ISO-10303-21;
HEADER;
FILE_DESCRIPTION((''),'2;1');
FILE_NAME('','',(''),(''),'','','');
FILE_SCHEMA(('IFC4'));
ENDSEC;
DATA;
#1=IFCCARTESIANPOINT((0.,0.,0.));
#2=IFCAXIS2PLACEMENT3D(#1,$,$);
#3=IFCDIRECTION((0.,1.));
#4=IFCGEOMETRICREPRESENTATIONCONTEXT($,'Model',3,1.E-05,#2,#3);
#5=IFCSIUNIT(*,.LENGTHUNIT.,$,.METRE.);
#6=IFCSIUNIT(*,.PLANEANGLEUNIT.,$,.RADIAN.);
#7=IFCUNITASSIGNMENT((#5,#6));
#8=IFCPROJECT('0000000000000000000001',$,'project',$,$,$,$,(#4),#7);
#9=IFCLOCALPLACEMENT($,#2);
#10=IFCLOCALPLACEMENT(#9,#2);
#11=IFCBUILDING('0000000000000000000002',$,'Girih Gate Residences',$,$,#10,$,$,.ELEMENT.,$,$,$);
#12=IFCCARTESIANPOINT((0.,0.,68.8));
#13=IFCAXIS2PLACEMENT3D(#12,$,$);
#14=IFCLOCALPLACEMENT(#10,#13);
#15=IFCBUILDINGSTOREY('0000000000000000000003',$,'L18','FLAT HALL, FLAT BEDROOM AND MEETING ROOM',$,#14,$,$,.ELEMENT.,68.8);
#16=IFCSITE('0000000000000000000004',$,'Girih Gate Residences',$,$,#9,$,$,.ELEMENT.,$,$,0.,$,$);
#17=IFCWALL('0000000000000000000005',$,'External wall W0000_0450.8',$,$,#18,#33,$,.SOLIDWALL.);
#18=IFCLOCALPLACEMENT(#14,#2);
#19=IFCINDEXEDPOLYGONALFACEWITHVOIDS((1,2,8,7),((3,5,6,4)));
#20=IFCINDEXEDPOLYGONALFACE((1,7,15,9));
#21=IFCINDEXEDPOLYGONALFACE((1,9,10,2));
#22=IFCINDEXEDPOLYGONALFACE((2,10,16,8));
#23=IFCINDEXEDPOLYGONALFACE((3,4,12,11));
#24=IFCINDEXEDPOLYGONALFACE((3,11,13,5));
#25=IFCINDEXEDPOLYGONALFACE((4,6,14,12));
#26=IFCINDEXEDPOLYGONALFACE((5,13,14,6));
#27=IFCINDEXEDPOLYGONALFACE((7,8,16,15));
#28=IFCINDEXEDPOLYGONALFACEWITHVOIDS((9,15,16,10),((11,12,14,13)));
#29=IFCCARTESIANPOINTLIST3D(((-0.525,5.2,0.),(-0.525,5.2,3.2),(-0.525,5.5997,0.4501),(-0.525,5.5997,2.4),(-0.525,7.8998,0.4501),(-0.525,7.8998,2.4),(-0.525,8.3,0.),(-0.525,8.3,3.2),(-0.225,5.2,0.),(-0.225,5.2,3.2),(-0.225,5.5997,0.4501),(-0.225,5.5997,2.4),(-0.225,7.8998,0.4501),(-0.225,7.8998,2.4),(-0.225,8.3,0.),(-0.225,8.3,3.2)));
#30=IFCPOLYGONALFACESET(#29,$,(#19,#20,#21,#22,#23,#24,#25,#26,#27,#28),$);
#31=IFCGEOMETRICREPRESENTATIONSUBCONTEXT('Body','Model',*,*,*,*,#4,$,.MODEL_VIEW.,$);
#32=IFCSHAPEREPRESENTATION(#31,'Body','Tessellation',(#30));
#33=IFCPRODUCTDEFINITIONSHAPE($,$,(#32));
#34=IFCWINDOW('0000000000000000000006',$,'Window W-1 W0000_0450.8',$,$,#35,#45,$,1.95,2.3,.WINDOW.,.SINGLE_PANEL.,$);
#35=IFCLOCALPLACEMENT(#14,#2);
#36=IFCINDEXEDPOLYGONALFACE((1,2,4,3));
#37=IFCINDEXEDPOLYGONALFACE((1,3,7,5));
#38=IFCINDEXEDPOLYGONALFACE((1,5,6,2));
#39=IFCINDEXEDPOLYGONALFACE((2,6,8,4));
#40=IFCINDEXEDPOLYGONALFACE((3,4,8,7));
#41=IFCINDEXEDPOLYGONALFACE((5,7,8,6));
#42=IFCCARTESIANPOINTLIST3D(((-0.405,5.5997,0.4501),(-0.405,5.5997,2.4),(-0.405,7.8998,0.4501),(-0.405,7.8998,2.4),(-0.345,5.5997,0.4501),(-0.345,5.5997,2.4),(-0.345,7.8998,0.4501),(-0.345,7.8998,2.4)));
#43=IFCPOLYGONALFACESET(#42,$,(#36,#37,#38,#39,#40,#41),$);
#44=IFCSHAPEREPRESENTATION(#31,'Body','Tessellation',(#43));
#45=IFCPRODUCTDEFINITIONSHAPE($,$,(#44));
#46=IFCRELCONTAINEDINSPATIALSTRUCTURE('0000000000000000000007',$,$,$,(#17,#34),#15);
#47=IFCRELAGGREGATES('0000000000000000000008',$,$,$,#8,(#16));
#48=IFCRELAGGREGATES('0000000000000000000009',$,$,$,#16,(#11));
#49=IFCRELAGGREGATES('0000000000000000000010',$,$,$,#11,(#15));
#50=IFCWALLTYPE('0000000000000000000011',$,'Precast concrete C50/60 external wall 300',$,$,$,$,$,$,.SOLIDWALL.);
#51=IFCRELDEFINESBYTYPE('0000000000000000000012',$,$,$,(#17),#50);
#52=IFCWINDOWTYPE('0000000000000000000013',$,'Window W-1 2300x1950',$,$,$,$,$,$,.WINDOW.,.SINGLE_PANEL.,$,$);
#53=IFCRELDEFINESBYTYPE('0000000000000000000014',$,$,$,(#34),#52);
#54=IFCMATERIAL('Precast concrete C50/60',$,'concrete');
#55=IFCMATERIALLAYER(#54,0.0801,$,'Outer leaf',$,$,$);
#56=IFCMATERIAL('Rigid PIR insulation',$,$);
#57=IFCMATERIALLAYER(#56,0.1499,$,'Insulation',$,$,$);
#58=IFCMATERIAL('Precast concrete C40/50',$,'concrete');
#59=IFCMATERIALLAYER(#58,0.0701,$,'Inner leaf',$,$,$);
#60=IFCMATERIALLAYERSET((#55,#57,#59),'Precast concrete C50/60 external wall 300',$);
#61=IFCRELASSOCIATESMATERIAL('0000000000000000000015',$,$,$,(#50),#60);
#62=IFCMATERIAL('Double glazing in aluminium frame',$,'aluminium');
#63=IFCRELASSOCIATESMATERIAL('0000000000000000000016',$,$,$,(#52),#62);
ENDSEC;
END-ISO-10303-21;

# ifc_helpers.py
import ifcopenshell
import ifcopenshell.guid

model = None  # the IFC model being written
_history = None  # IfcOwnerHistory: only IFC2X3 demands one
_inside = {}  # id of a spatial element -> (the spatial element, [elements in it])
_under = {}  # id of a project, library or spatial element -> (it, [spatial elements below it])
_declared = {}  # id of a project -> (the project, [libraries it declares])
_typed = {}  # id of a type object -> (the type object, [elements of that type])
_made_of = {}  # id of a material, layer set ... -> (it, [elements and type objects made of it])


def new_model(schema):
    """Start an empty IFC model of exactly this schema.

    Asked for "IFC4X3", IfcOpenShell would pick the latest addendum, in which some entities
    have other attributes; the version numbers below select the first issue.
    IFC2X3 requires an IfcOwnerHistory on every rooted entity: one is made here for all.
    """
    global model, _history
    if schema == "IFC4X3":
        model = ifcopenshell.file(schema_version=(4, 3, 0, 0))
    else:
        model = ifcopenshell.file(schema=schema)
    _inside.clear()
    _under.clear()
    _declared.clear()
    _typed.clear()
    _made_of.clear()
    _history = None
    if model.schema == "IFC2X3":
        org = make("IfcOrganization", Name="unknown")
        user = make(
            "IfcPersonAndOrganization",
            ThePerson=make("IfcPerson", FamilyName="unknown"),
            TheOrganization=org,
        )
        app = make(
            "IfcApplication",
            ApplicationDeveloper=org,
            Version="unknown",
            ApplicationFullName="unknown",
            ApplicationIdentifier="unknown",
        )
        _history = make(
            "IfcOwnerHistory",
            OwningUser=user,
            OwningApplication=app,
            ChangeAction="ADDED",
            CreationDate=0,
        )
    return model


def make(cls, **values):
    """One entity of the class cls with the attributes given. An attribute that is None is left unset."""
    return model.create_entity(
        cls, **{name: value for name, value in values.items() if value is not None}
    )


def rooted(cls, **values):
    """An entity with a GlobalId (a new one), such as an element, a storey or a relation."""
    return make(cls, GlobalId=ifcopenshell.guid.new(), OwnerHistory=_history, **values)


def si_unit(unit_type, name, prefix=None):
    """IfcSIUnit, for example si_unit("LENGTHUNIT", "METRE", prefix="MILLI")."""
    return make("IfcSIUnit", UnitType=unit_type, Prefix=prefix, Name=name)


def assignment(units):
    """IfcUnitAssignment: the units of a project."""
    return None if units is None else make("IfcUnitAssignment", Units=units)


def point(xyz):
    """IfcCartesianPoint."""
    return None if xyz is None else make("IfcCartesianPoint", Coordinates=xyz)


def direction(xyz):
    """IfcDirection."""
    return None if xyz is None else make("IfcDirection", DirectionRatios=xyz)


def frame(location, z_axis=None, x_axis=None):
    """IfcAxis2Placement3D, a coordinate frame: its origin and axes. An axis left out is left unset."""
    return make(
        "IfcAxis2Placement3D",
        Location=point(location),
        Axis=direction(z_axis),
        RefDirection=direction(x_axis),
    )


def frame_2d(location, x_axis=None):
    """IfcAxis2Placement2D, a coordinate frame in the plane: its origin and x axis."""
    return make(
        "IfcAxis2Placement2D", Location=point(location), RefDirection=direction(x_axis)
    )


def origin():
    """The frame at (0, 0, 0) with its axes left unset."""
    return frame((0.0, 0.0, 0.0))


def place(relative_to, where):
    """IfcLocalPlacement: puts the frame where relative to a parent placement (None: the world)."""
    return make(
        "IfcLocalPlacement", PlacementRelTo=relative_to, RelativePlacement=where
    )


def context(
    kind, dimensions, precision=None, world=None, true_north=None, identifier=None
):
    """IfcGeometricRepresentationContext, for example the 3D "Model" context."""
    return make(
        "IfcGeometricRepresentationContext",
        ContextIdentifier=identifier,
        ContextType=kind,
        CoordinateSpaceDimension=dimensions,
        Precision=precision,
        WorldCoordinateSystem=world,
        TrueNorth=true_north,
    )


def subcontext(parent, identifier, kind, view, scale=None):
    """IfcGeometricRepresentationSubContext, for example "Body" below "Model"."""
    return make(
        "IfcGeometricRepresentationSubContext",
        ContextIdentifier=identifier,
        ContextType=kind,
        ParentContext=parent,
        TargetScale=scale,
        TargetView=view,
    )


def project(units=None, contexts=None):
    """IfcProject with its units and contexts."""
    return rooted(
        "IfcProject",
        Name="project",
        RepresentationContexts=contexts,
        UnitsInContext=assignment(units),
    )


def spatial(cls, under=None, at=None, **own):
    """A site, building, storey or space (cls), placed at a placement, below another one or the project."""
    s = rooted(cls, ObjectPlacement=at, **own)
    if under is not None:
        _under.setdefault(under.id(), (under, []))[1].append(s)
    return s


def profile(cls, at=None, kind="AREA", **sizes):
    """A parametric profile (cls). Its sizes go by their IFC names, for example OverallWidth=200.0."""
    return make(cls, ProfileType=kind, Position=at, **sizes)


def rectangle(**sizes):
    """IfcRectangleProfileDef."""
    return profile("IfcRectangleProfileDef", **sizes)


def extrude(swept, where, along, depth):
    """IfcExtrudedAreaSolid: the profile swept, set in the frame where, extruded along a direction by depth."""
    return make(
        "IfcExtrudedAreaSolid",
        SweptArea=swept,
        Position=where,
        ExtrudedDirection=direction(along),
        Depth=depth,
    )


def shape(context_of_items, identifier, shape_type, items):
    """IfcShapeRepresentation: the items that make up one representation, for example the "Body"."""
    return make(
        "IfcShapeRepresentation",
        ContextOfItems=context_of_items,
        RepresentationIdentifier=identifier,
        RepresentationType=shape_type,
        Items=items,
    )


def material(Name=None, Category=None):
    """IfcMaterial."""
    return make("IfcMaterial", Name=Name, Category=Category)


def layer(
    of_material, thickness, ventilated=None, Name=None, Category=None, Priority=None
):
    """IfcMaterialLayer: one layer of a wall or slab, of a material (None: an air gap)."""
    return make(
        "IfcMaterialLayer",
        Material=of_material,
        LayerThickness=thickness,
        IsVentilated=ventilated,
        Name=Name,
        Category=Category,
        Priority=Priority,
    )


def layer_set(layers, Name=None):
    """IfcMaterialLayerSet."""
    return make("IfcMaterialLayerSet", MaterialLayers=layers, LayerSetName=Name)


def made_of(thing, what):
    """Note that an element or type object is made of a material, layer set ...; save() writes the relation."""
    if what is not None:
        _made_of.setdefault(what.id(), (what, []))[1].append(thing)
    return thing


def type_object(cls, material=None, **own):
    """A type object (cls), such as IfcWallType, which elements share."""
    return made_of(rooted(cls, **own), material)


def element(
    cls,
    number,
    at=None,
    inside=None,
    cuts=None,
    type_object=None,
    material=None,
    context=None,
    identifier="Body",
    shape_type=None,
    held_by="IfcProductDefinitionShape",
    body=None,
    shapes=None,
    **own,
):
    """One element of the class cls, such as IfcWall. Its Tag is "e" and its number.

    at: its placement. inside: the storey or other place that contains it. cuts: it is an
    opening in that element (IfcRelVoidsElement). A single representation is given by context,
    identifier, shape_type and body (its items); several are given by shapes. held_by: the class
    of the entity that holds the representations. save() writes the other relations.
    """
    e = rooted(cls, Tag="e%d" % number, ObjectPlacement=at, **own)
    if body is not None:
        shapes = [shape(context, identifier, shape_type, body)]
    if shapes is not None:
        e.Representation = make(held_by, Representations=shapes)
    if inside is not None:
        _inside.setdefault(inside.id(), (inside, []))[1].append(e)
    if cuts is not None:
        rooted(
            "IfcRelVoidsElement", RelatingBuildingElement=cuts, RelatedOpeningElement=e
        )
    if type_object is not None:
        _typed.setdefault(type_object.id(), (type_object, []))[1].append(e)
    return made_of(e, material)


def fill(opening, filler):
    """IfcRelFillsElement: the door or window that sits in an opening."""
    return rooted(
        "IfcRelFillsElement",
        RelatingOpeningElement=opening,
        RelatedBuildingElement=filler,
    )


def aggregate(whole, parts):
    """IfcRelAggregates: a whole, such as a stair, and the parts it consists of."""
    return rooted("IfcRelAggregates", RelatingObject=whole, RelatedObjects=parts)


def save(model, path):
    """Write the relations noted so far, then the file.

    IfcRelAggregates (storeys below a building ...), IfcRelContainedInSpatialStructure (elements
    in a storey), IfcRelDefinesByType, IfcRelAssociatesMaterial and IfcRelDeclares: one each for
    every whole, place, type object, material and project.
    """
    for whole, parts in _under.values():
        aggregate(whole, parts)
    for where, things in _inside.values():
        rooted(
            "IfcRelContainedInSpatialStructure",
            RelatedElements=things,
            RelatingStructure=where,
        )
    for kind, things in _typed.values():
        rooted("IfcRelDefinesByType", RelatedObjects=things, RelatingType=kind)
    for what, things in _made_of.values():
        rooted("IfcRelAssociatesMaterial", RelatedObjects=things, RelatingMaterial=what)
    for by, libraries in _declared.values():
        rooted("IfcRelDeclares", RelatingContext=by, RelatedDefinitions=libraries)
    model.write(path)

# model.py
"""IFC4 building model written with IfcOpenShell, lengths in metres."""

from ifc_helpers import new_model, si_unit, direction, frame, frame_2d, origin, place, context, subcontext, project, spatial, rectangle, extrude, material, layer, layer_set, type_object, element, fill, save


model = new_model("IFC4")

# Units and contexts
model_context = context("Model", 3, precision=1e-05, world=origin(), true_north=direction((0.0, 1.0)))
body_context = subcontext(model_context, "Body", "Model", "MODEL_VIEW")
ifc_project = project(units=[si_unit("LENGTHUNIT", "METRE"), si_unit("PLANEANGLEUNIT", "RADIAN")], contexts=[model_context])

# Site, building, storey
site_placement = place(None, origin())
site = spatial("IfcSite", under=ifc_project, at=site_placement, Name="Girih Gate Residences", CompositionType="ELEMENT", RefElevation=0.0)
building_placement = place(site_placement, origin())
building = spatial("IfcBuilding", under=site, at=building_placement, Name="Girih Gate Residences", CompositionType="ELEMENT")
storey_placement = place(building_placement, frame((0.0, 0.0, 68.8)))
storey = spatial("IfcBuildingStorey", under=building, at=storey_placement, Name="L18", Description="FLAT HALL, FLAT BEDROOM AND MEETING ROOM", CompositionType="ELEMENT", Elevation=68.8)

# Wall, opening, window
ifc_material_1 = material(Name="Precast concrete C50/60", Category="concrete")
ifc_layer_1 = layer(ifc_material_1, 0.0801, Name="Outer leaf")
ifc_material_2 = material(Name="Rigid PIR insulation")
ifc_layer_2 = layer(ifc_material_2, 0.1499, Name="Insulation")
ifc_material_3 = material(Name="Precast concrete C40/50", Category="concrete")
ifc_layer_3 = layer(ifc_material_3, 0.0701, Name="Inner leaf")
ifc_layer_set_1 = layer_set([ifc_layer_1, ifc_layer_2, ifc_layer_3], Name="Precast concrete C50/60 external wall 300")
wall_type_1 = type_object("IfcWallType", Name="Precast concrete C50/60 external wall 300", PredefinedType="SOLIDWALL", material=ifc_layer_set_1)
ifc_material_4 = material(Name="Double glazing in aluminium frame", Category="aluminium")
window_type = type_object("IfcWindowType", Name="Window W-1 2300x1950", PartitioningType="SINGLE_PANEL", PredefinedType="WINDOW", material=ifc_material_4)
wall_1_placement = place(storey_placement, frame((-0.375, 5.2, 0.0), z_axis=(0.0, 0.0, 1.0), x_axis=(0.0, 1.0, 0.0)))
wall_1 = element("IfcWall", 1, at=wall_1_placement, inside=storey, type_object=wall_type_1, Name="External wall W0000_0450.8", PredefinedType="SOLIDWALL", context=body_context, shape_type="SweptSolid", body=[
    extrude(rectangle(XDim=3.1001, YDim=0.3, at=frame_2d((1.55, 0.0))), origin(), (0.0, 0.0, 1.0), 3.2),
])
opening_1_placement = place(wall_1_placement, frame((0.3999, 0.0, 0.45)))
opening_1 = element("IfcOpeningElement", 2, at=opening_1_placement, cuts=wall_1, PredefinedType="OPENING", context=body_context, shape_type="SweptSolid", body=[
    extrude(rectangle(XDim=2.3, YDim=1.95, at=frame_2d((1.1499, 0.9751))), frame((0.0, 0.1599, 0.0), z_axis=(0.0, -1.0, 0.0), x_axis=(1.0, 0.0, 0.0)), (0.0, 0.0, 1.0), 0.3201),
])
window_1_placement = place(opening_1_placement, origin())
window_1 = element("IfcWindow", 3, at=window_1_placement, inside=storey, type_object=window_type, Name="Window W-1 W0000_0450.8", OverallHeight=1.95, OverallWidth=2.3, PartitioningType="SINGLE_PANEL", PredefinedType="WINDOW", context=body_context, shape_type="SweptSolid", body=[
    extrude(rectangle(XDim=2.3, YDim=1.95, at=frame_2d((1.1499, 0.9751))), frame((0.0, 0.03, 0.0), z_axis=(0.0, -1.0, 0.0), x_axis=(1.0, 0.0, 0.0)), (0.0, 0.0, 1.0), 0.0601),
])
fill(opening_1, window_1)

save(model, "model.ifc")
